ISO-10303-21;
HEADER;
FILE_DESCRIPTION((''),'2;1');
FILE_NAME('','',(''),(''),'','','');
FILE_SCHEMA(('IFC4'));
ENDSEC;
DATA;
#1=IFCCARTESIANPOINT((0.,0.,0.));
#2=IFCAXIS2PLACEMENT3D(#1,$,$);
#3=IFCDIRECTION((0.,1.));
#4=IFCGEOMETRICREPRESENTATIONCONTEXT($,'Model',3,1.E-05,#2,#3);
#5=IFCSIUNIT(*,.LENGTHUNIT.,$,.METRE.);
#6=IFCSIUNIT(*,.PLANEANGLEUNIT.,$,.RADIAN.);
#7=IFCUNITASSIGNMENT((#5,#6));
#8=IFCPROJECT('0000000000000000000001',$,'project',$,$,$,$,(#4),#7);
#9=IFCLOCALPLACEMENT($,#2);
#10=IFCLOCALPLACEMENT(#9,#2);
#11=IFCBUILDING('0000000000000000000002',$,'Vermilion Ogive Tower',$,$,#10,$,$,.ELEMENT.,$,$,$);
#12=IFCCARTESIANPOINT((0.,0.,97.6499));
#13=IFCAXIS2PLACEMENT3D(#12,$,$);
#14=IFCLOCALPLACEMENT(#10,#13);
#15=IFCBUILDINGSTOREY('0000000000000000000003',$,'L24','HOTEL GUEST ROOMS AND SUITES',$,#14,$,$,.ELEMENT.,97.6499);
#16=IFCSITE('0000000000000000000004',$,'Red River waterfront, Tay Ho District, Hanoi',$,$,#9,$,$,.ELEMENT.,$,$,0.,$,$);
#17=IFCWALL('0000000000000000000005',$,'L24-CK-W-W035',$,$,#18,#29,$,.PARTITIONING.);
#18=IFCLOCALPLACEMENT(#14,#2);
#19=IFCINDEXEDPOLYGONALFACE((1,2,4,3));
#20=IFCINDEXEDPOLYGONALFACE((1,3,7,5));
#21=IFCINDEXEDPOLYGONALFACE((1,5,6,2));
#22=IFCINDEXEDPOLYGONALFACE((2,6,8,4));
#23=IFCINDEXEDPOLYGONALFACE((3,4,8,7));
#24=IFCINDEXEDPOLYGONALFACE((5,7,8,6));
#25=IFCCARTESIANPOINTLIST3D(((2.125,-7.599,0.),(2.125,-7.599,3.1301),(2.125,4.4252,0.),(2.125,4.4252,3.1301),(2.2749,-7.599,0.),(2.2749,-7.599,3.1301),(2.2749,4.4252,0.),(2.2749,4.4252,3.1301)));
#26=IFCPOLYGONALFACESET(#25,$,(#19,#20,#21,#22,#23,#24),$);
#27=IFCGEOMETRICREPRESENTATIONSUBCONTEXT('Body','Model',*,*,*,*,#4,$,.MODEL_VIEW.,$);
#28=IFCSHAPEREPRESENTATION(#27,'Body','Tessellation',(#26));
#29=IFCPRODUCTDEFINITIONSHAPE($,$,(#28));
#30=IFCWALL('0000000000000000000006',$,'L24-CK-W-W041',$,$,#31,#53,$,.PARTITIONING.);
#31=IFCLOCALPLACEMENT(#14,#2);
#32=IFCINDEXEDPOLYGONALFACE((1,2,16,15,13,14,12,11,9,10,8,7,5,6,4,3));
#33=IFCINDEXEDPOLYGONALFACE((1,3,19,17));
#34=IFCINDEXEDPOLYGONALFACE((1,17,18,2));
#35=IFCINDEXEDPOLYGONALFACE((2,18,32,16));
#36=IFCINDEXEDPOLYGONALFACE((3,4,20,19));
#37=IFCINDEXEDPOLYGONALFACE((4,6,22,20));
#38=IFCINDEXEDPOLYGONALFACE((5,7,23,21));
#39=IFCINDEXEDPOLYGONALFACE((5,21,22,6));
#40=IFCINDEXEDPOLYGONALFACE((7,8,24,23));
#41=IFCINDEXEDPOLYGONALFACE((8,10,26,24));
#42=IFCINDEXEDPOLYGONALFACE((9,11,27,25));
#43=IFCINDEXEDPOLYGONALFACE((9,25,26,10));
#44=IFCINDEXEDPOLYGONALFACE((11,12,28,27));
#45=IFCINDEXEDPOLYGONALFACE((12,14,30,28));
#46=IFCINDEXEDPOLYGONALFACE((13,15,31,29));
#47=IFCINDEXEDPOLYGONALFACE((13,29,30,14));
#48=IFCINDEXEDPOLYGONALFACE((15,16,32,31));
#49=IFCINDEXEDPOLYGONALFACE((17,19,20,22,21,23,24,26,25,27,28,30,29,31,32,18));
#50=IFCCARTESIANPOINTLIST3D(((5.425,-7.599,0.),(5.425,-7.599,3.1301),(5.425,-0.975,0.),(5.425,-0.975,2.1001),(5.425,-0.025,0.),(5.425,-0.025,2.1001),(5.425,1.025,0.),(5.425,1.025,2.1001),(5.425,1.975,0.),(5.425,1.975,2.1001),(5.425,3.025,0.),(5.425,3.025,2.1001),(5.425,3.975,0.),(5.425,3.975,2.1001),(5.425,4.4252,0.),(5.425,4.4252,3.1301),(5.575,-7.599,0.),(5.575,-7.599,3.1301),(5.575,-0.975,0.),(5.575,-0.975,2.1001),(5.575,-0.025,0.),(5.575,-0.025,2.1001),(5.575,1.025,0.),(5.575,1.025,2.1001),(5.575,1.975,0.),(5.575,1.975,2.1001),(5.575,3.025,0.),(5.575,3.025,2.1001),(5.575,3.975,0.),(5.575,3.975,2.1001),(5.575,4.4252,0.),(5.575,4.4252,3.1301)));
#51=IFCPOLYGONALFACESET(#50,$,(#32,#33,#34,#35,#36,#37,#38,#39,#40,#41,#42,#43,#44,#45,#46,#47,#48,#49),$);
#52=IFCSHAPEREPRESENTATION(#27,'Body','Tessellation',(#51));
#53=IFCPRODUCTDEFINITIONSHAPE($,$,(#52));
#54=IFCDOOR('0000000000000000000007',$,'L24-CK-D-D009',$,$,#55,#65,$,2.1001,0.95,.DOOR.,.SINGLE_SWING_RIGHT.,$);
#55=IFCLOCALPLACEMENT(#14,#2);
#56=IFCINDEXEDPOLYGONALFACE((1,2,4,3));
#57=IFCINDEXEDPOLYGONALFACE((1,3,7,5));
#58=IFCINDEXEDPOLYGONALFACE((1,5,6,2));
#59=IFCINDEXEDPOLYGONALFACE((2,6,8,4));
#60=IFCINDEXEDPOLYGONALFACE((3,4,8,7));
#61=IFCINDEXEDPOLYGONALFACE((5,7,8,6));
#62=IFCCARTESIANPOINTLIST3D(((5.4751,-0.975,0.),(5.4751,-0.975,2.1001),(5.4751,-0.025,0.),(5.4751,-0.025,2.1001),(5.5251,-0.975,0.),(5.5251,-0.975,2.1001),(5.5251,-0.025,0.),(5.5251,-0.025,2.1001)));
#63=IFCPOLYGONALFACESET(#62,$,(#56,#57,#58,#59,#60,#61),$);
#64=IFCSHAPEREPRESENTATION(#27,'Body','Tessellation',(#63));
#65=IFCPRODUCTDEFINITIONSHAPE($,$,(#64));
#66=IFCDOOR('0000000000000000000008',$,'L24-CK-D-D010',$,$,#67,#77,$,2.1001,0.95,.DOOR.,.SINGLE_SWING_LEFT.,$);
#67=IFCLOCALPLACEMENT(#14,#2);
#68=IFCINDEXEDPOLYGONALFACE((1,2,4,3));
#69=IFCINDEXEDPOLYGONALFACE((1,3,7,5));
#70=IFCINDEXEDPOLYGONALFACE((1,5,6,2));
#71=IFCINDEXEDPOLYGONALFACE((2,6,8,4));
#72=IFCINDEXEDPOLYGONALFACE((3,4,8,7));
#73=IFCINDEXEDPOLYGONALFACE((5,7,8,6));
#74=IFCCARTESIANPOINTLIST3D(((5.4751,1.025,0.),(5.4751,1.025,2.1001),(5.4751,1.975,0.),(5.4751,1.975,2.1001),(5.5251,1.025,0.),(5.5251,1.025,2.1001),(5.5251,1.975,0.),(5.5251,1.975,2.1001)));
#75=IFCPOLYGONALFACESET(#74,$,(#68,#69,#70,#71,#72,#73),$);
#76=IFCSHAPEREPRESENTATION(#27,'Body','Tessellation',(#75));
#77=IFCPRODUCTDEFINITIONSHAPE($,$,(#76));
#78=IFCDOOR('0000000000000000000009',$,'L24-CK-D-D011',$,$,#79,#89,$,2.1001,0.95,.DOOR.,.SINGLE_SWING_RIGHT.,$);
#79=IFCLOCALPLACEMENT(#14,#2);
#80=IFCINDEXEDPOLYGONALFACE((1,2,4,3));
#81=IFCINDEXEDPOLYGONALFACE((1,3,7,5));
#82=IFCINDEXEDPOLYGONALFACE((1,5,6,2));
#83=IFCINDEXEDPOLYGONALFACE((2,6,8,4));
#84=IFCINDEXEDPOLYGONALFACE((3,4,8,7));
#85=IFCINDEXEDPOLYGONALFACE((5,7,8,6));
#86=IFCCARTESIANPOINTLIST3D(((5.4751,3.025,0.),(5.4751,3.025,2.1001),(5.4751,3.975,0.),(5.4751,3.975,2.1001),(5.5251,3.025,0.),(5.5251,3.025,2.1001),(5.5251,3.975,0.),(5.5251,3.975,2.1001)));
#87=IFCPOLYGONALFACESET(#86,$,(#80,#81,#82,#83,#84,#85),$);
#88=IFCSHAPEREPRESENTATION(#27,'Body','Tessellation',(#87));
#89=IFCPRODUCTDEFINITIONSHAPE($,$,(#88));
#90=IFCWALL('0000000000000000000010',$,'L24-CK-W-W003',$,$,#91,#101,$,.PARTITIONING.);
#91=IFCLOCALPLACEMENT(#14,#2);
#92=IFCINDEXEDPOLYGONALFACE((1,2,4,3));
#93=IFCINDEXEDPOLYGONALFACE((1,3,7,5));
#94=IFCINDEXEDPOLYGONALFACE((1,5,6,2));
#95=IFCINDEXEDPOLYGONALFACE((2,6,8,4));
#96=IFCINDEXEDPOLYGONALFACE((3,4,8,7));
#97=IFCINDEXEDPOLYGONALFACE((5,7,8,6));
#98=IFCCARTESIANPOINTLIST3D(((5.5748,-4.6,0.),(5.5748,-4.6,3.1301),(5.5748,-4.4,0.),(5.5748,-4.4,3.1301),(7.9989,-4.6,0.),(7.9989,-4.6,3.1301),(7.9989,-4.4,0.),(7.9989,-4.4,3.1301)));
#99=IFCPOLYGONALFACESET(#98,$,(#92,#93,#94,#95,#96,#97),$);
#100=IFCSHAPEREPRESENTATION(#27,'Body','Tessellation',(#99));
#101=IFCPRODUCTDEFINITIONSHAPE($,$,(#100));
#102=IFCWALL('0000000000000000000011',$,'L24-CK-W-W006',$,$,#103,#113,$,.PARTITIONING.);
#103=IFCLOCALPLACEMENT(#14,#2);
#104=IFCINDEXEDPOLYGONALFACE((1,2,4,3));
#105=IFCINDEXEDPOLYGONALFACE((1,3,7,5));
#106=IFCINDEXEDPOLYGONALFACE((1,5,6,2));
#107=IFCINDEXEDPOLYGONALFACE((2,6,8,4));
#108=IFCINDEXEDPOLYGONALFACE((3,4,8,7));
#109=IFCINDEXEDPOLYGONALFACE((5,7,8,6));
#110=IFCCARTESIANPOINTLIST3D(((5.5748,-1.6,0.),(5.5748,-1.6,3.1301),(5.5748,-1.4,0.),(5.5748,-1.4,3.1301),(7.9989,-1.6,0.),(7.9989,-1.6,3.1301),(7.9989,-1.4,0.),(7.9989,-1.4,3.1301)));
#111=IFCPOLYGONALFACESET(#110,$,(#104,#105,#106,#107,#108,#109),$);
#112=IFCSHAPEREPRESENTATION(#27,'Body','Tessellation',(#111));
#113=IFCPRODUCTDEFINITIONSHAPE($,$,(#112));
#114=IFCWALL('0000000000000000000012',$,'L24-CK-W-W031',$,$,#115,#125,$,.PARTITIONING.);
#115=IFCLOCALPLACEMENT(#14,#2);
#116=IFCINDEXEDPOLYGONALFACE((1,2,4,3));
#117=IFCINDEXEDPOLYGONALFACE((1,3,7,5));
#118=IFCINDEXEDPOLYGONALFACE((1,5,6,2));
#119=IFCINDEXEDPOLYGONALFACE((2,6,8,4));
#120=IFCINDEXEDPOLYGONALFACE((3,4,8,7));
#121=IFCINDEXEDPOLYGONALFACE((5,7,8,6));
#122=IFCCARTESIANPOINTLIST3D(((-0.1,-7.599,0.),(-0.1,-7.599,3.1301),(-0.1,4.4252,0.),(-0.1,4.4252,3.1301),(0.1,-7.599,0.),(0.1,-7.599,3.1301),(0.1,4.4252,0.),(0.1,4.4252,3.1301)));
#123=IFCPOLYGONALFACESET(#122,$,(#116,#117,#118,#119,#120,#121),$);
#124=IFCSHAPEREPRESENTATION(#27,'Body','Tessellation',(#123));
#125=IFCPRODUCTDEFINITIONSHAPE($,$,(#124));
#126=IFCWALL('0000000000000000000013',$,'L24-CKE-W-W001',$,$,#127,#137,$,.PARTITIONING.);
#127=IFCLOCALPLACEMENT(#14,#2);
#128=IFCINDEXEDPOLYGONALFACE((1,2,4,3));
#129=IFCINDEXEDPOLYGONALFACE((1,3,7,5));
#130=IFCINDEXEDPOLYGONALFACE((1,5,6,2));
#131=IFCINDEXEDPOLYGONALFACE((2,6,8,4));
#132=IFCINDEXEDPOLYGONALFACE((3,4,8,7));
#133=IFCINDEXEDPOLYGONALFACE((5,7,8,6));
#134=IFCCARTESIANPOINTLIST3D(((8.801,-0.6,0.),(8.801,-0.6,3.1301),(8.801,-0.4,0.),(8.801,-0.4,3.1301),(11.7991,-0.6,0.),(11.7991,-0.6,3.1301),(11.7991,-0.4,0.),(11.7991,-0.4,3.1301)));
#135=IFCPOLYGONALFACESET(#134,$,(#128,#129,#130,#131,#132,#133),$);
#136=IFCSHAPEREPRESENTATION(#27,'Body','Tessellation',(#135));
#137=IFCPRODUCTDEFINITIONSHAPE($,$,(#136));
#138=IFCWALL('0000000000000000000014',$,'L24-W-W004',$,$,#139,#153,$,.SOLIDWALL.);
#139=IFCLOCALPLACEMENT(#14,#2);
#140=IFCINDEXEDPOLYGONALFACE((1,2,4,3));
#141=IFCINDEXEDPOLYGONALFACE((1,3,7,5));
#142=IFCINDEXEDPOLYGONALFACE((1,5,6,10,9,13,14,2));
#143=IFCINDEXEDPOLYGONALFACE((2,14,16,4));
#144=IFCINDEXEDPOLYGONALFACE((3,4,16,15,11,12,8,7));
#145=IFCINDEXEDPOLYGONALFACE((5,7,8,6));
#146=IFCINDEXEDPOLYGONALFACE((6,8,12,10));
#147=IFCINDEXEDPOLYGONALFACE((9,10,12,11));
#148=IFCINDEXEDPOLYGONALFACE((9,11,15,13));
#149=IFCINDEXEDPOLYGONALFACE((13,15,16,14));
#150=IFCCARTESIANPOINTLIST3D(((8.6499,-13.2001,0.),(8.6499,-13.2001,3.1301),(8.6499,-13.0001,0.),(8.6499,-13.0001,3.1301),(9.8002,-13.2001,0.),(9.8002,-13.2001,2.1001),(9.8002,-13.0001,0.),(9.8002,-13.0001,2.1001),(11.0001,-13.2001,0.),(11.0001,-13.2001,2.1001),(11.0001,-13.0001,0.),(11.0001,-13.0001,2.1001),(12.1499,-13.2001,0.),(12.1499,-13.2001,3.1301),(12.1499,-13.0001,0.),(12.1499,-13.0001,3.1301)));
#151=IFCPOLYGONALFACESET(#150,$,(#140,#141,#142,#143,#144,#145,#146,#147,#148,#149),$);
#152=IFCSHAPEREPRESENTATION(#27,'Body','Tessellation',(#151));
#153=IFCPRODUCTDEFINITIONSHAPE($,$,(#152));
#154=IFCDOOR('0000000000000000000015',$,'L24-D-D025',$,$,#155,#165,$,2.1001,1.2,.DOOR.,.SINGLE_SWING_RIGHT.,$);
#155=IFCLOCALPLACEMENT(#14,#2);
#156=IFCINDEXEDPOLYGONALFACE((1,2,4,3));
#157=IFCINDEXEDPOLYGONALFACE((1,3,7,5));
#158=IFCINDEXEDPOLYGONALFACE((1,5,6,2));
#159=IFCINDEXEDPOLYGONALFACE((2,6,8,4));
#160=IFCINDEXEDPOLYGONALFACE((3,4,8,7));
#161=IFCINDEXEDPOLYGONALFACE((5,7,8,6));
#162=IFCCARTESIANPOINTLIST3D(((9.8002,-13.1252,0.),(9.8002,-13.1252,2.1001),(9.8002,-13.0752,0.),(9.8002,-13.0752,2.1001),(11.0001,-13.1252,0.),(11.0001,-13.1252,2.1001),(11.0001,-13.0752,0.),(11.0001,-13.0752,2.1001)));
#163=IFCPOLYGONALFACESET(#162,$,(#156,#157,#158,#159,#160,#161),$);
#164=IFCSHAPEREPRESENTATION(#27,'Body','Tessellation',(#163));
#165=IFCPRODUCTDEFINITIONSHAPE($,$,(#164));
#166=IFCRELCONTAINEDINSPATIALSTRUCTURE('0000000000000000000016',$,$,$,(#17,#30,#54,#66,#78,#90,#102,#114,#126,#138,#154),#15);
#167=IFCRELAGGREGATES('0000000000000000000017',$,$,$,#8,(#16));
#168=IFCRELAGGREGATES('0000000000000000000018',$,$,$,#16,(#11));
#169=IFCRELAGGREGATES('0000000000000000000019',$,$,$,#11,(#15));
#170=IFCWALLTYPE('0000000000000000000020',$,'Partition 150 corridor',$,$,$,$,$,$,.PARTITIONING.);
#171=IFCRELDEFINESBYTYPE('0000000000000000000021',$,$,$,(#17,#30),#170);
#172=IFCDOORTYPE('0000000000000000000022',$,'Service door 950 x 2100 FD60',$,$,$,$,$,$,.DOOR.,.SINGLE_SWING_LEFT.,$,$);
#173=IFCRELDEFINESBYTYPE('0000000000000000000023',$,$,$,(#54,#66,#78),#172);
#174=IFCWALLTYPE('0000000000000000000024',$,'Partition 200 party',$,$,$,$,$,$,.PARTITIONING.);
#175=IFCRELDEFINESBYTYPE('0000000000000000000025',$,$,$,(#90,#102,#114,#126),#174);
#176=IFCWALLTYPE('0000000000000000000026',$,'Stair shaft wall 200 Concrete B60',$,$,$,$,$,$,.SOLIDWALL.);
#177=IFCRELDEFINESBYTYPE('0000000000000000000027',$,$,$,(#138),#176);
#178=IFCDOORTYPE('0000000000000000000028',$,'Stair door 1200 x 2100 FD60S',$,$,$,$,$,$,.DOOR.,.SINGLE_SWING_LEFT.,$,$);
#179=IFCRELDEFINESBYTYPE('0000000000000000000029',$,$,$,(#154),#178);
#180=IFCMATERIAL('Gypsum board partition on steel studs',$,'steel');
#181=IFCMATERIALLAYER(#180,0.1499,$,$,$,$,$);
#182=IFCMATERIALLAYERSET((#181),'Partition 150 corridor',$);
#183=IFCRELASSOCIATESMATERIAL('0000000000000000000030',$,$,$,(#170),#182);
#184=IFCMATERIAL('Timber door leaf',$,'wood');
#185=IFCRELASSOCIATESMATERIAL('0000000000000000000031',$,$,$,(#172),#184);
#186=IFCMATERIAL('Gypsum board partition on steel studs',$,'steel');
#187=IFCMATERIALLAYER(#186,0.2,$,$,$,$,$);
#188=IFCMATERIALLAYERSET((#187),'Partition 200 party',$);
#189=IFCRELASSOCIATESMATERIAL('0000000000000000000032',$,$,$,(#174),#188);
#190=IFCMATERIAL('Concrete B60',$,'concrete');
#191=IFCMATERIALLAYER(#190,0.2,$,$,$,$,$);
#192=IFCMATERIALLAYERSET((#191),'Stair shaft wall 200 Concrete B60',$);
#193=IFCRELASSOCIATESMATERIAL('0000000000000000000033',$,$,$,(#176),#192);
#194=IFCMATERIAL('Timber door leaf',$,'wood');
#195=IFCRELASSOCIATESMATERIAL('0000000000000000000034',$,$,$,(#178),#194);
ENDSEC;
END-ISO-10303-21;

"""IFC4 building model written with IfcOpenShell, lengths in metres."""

from ifc_helpers import new_model, si_unit, direction, frame, frame_2d, origin, place, context, subcontext, project, spatial, rectangle, extrude, material, layer, layer_set, type_object, element, fill, save


model = new_model("IFC4")

# Units and contexts
model_context = context("Model", 3, precision=1e-05, world=origin(), true_north=direction((0.0, 1.0)))
body_context = subcontext(model_context, "Body", "Model", "MODEL_VIEW")
ifc_project = project(units=[si_unit("LENGTHUNIT", "METRE"), si_unit("PLANEANGLEUNIT", "RADIAN")], contexts=[model_context])

# Site, building, storey
site_placement = place(None, origin())
site = spatial("IfcSite", under=ifc_project, at=site_placement, Name="Red River waterfront, Tay Ho District, Hanoi", CompositionType="ELEMENT", RefElevation=0.0)
building_placement = place(site_placement, origin())
building = spatial("IfcBuilding", under=site, at=building_placement, Name="Vermilion Ogive Tower", CompositionType="ELEMENT")
storey_placement = place(building_placement, frame((0.0, 0.0, 97.6499)))
storey = spatial("IfcBuildingStorey", under=building, at=storey_placement, Name="L24", Description="HOTEL GUEST ROOMS AND SUITES", CompositionType="ELEMENT", Elevation=97.6499)

# Shared definitions
ifc_material_1 = material(Name="Gypsum board partition on steel studs", Category="steel")
ifc_layer_1 = layer(ifc_material_1, 0.1499)
ifc_layer_set_1 = layer_set([ifc_layer_1], Name="Partition 150 corridor")
wall_type_1 = type_object("IfcWallType", Name="Partition 150 corridor", PredefinedType="PARTITIONING", material=ifc_layer_set_1)

# Wall
wall_1_placement = place(storey_placement, frame((2.2, -7.5991, 0.0), z_axis=(0.0, 0.0, 1.0), x_axis=(0.0, 1.0, 0.0)))
element("IfcWall", 1, at=wall_1_placement, inside=storey, type_object=wall_type_1, Name="L24-CK-W-W035", PredefinedType="PARTITIONING", context=body_context, shape_type="SweptSolid", body=[
    extrude(rectangle(XDim=12.0242, YDim=0.1499, at=frame_2d((6.0122, 0.0))), origin(), (0.0, 0.0, 1.0), 3.1301),
])

# Wall, openings, doors
wall_2_placement = place(storey_placement, frame((5.5, -7.5991, 0.0), z_axis=(0.0, 0.0, 1.0), x_axis=(0.0, 1.0, 0.0)))
wall_2 = element("IfcWall", 2, at=wall_2_placement, inside=storey, type_object=wall_type_1, Name="L24-CK-W-W041", PredefinedType="PARTITIONING", context=body_context, shape_type="SweptSolid", body=[
    extrude(rectangle(XDim=12.0242, YDim=0.1499, at=frame_2d((6.0122, 0.0))), origin(), (0.0, 0.0, 1.0), 3.1301),
])
opening_1_placement = place(wall_2_placement, frame((6.624, 0.0, 0.0)))
opening_1 = element("IfcOpeningElement", 3, at=opening_1_placement, cuts=wall_2, PredefinedType="OPENING", context=body_context, shape_type="SweptSolid", body=[
    extrude(rectangle(XDim=0.95, YDim=2.1001, at=frame_2d((0.4751, 1.05))), frame((0.0, 0.085, 0.0), z_axis=(0.0, -1.0, 0.0), x_axis=(1.0, 0.0, 0.0)), (0.0, 0.0, 1.0), 0.1699),
])
opening_2_placement = place(wall_2_placement, frame((8.624, 0.0, 0.0)))
opening_2 = element("IfcOpeningElement", 4, at=opening_2_placement, cuts=wall_2, PredefinedType="OPENING", context=body_context, shape_type="SweptSolid", body=[
    extrude(rectangle(XDim=0.95, YDim=2.1001, at=frame_2d((0.4751, 1.05))), frame((0.0, 0.085, 0.0), z_axis=(0.0, -1.0, 0.0), x_axis=(1.0, 0.0, 0.0)), (0.0, 0.0, 1.0), 0.1699),
])
opening_3_placement = place(wall_2_placement, frame((10.624, 0.0, 0.0)))
opening_3 = element("IfcOpeningElement", 5, at=opening_3_placement, cuts=wall_2, PredefinedType="OPENING", context=body_context, shape_type="SweptSolid", body=[
    extrude(rectangle(XDim=0.95, YDim=2.1001, at=frame_2d((0.4751, 1.05))), frame((0.0, 0.085, 0.0), z_axis=(0.0, -1.0, 0.0), x_axis=(1.0, 0.0, 0.0)), (0.0, 0.0, 1.0), 0.1699),
])
ifc_material_2 = material(Name="Timber door leaf", Category="wood")
door_type_1 = type_object("IfcDoorType", Name="Service door 950 x 2100 FD60", OperationType="SINGLE_SWING_LEFT", PredefinedType="DOOR", material=ifc_material_2)
door_1_placement = place(opening_1_placement, origin())
door_1 = element("IfcDoor", 6, at=door_1_placement, inside=storey, type_object=door_type_1, Name="L24-CK-D-D009", OperationType="SINGLE_SWING_RIGHT", OverallHeight=2.1001, OverallWidth=0.95, PredefinedType="DOOR", context=body_context, shape_type="SweptSolid", body=[
    extrude(rectangle(XDim=0.95, YDim=2.1001, at=frame_2d((0.4751, 1.05))), frame((0.0, 0.0249, 0.0), z_axis=(0.0, -1.0, 0.0), x_axis=(1.0, 0.0, 0.0)), (0.0, 0.0, 1.0), 0.05),
])
fill(opening_1, door_1)
door_2_placement = place(opening_2_placement, origin())
door_2 = element("IfcDoor", 7, at=door_2_placement, inside=storey, type_object=door_type_1, Name="L24-CK-D-D010", OperationType="SINGLE_SWING_LEFT", OverallHeight=2.1001, OverallWidth=0.95, PredefinedType="DOOR", context=body_context, shape_type="SweptSolid", body=[
    extrude(rectangle(XDim=0.95, YDim=2.1001, at=frame_2d((0.4751, 1.05))), frame((0.0, 0.0249, 0.0), z_axis=(0.0, -1.0, 0.0), x_axis=(1.0, 0.0, 0.0)), (0.0, 0.0, 1.0), 0.05),
])
fill(opening_2, door_2)
door_3_placement = place(opening_3_placement, origin())
door_3 = element("IfcDoor", 8, at=door_3_placement, inside=storey, type_object=door_type_1, Name="L24-CK-D-D011", OperationType="SINGLE_SWING_RIGHT", OverallHeight=2.1001, OverallWidth=0.95, PredefinedType="DOOR", context=body_context, shape_type="SweptSolid", body=[
    extrude(rectangle(XDim=0.95, YDim=2.1001, at=frame_2d((0.4751, 1.05))), frame((0.0, 0.0249, 0.0), z_axis=(0.0, -1.0, 0.0), x_axis=(1.0, 0.0, 0.0)), (0.0, 0.0, 1.0), 0.05),
])
fill(opening_3, door_3)

# Walls
ifc_material_3 = material(Name="Gypsum board partition on steel studs", Category="steel")
ifc_layer_2 = layer(ifc_material_3, 0.2)
ifc_layer_set_2 = layer_set([ifc_layer_2], Name="Partition 200 party")
wall_type_2 = type_object("IfcWallType", Name="Partition 200 party", PredefinedType="PARTITIONING", material=ifc_layer_set_2)
for number, where, z_axis, x_axis, name in (
    (9, (5.575, -4.5, 0.0), (0.0, 0.0, 1.0), (1.0, 0.0, 0.0), "L24-CK-W-W003"),
    (10, (5.575, -1.5, 0.0), (0.0, 0.0, 1.0), (1.0, 0.0, 0.0), "L24-CK-W-W006"),
):
    element("IfcWall", number, at=place(storey_placement, frame(where, z_axis=z_axis, x_axis=x_axis)), inside=storey, type_object=wall_type_2, Name=name, PredefinedType="PARTITIONING", context=body_context, shape_type="SweptSolid", body=[
        extrude(rectangle(XDim=2.4241, YDim=0.2, at=frame_2d((1.2119, 0.0))), origin(), (0.0, 0.0, 1.0), 3.1301),
    ])
wall_3_placement = place(storey_placement, frame((0.0, -7.5991, 0.0), z_axis=(0.0, 0.0, 1.0), x_axis=(0.0, 1.0, 0.0)))
element("IfcWall", 11, at=wall_3_placement, inside=storey, type_object=wall_type_2, Name="L24-CK-W-W031", PredefinedType="PARTITIONING", context=body_context, shape_type="SweptSolid", body=[
    extrude(rectangle(XDim=12.0242, YDim=0.2, at=frame_2d((6.0122, 0.0))), origin(), (0.0, 0.0, 1.0), 3.1301),
])
wall_4_placement = place(storey_placement, frame((8.801, -0.5, 0.0), z_axis=(0.0, 0.0, 1.0), x_axis=(1.0, 0.0, 0.0)))
element("IfcWall", 12, at=wall_4_placement, inside=storey, type_object=wall_type_2, Name="L24-CKE-W-W001", PredefinedType="PARTITIONING", context=body_context, shape_type="SweptSolid", body=[
    extrude(rectangle(XDim=2.998, YDim=0.2, at=frame_2d((1.499, 0.0))), origin(), (0.0, 0.0, 1.0), 3.1301),
])

# Wall, opening, door
ifc_material_4 = material(Name="Concrete B60", Category="concrete")
ifc_layer_3 = layer(ifc_material_4, 0.2)
ifc_layer_set_3 = layer_set([ifc_layer_3], Name="Stair shaft wall 200 Concrete B60")
wall_type_3 = type_object("IfcWallType", Name="Stair shaft wall 200 Concrete B60", PredefinedType="SOLIDWALL", material=ifc_layer_set_3)
wall_5_placement = place(storey_placement, frame((8.6499, -13.1001, 0.0), z_axis=(0.0, 0.0, 1.0), x_axis=(1.0, 0.0, 0.0)))
wall_5 = element("IfcWall", 13, at=wall_5_placement, inside=storey, type_object=wall_type_3, Name="L24-W-W004", PredefinedType="SOLIDWALL", context=body_context, shape_type="SweptSolid", body=[
    extrude(rectangle(XDim=3.5, YDim=0.2, at=frame_2d((1.75, 0.0))), origin(), (0.0, 0.0, 1.0), 3.1301),
])
opening_4_placement = place(wall_5_placement, frame((1.1501, 0.0, 0.0)))
opening_4 = element("IfcOpeningElement", 14, at=opening_4_placement, cuts=wall_5, PredefinedType="OPENING", context=body_context, shape_type="SweptSolid", body=[
    extrude(rectangle(XDim=1.2, YDim=2.1001, at=frame_2d((0.6001, 1.05))), frame((0.0, 0.1099, 0.0), z_axis=(0.0, -1.0, 0.0), x_axis=(1.0, 0.0, 0.0)), (0.0, 0.0, 1.0), 0.22),
])
ifc_material_5 = material(Name="Timber door leaf", Category="wood")
door_type_2 = type_object("IfcDoorType", Name="Stair door 1200 x 2100 FD60S", OperationType="SINGLE_SWING_LEFT", PredefinedType="DOOR", material=ifc_material_5)
door_4_placement = place(opening_4_placement, origin())
door_4 = element("IfcDoor", 15, at=door_4_placement, inside=storey, type_object=door_type_2, Name="L24-D-D025", OperationType="SINGLE_SWING_RIGHT", OverallHeight=2.1001, OverallWidth=1.2, PredefinedType="DOOR", context=body_context, shape_type="SweptSolid", body=[
    extrude(rectangle(XDim=1.2, YDim=2.1001, at=frame_2d((0.6001, 1.05))), frame((0.0, 0.0249, 0.0), z_axis=(0.0, -1.0, 0.0), x_axis=(1.0, 0.0, 0.0)), (0.0, 0.0, 1.0), 0.05),
])
fill(opening_4, door_4)

save(model, "model.ifc")
